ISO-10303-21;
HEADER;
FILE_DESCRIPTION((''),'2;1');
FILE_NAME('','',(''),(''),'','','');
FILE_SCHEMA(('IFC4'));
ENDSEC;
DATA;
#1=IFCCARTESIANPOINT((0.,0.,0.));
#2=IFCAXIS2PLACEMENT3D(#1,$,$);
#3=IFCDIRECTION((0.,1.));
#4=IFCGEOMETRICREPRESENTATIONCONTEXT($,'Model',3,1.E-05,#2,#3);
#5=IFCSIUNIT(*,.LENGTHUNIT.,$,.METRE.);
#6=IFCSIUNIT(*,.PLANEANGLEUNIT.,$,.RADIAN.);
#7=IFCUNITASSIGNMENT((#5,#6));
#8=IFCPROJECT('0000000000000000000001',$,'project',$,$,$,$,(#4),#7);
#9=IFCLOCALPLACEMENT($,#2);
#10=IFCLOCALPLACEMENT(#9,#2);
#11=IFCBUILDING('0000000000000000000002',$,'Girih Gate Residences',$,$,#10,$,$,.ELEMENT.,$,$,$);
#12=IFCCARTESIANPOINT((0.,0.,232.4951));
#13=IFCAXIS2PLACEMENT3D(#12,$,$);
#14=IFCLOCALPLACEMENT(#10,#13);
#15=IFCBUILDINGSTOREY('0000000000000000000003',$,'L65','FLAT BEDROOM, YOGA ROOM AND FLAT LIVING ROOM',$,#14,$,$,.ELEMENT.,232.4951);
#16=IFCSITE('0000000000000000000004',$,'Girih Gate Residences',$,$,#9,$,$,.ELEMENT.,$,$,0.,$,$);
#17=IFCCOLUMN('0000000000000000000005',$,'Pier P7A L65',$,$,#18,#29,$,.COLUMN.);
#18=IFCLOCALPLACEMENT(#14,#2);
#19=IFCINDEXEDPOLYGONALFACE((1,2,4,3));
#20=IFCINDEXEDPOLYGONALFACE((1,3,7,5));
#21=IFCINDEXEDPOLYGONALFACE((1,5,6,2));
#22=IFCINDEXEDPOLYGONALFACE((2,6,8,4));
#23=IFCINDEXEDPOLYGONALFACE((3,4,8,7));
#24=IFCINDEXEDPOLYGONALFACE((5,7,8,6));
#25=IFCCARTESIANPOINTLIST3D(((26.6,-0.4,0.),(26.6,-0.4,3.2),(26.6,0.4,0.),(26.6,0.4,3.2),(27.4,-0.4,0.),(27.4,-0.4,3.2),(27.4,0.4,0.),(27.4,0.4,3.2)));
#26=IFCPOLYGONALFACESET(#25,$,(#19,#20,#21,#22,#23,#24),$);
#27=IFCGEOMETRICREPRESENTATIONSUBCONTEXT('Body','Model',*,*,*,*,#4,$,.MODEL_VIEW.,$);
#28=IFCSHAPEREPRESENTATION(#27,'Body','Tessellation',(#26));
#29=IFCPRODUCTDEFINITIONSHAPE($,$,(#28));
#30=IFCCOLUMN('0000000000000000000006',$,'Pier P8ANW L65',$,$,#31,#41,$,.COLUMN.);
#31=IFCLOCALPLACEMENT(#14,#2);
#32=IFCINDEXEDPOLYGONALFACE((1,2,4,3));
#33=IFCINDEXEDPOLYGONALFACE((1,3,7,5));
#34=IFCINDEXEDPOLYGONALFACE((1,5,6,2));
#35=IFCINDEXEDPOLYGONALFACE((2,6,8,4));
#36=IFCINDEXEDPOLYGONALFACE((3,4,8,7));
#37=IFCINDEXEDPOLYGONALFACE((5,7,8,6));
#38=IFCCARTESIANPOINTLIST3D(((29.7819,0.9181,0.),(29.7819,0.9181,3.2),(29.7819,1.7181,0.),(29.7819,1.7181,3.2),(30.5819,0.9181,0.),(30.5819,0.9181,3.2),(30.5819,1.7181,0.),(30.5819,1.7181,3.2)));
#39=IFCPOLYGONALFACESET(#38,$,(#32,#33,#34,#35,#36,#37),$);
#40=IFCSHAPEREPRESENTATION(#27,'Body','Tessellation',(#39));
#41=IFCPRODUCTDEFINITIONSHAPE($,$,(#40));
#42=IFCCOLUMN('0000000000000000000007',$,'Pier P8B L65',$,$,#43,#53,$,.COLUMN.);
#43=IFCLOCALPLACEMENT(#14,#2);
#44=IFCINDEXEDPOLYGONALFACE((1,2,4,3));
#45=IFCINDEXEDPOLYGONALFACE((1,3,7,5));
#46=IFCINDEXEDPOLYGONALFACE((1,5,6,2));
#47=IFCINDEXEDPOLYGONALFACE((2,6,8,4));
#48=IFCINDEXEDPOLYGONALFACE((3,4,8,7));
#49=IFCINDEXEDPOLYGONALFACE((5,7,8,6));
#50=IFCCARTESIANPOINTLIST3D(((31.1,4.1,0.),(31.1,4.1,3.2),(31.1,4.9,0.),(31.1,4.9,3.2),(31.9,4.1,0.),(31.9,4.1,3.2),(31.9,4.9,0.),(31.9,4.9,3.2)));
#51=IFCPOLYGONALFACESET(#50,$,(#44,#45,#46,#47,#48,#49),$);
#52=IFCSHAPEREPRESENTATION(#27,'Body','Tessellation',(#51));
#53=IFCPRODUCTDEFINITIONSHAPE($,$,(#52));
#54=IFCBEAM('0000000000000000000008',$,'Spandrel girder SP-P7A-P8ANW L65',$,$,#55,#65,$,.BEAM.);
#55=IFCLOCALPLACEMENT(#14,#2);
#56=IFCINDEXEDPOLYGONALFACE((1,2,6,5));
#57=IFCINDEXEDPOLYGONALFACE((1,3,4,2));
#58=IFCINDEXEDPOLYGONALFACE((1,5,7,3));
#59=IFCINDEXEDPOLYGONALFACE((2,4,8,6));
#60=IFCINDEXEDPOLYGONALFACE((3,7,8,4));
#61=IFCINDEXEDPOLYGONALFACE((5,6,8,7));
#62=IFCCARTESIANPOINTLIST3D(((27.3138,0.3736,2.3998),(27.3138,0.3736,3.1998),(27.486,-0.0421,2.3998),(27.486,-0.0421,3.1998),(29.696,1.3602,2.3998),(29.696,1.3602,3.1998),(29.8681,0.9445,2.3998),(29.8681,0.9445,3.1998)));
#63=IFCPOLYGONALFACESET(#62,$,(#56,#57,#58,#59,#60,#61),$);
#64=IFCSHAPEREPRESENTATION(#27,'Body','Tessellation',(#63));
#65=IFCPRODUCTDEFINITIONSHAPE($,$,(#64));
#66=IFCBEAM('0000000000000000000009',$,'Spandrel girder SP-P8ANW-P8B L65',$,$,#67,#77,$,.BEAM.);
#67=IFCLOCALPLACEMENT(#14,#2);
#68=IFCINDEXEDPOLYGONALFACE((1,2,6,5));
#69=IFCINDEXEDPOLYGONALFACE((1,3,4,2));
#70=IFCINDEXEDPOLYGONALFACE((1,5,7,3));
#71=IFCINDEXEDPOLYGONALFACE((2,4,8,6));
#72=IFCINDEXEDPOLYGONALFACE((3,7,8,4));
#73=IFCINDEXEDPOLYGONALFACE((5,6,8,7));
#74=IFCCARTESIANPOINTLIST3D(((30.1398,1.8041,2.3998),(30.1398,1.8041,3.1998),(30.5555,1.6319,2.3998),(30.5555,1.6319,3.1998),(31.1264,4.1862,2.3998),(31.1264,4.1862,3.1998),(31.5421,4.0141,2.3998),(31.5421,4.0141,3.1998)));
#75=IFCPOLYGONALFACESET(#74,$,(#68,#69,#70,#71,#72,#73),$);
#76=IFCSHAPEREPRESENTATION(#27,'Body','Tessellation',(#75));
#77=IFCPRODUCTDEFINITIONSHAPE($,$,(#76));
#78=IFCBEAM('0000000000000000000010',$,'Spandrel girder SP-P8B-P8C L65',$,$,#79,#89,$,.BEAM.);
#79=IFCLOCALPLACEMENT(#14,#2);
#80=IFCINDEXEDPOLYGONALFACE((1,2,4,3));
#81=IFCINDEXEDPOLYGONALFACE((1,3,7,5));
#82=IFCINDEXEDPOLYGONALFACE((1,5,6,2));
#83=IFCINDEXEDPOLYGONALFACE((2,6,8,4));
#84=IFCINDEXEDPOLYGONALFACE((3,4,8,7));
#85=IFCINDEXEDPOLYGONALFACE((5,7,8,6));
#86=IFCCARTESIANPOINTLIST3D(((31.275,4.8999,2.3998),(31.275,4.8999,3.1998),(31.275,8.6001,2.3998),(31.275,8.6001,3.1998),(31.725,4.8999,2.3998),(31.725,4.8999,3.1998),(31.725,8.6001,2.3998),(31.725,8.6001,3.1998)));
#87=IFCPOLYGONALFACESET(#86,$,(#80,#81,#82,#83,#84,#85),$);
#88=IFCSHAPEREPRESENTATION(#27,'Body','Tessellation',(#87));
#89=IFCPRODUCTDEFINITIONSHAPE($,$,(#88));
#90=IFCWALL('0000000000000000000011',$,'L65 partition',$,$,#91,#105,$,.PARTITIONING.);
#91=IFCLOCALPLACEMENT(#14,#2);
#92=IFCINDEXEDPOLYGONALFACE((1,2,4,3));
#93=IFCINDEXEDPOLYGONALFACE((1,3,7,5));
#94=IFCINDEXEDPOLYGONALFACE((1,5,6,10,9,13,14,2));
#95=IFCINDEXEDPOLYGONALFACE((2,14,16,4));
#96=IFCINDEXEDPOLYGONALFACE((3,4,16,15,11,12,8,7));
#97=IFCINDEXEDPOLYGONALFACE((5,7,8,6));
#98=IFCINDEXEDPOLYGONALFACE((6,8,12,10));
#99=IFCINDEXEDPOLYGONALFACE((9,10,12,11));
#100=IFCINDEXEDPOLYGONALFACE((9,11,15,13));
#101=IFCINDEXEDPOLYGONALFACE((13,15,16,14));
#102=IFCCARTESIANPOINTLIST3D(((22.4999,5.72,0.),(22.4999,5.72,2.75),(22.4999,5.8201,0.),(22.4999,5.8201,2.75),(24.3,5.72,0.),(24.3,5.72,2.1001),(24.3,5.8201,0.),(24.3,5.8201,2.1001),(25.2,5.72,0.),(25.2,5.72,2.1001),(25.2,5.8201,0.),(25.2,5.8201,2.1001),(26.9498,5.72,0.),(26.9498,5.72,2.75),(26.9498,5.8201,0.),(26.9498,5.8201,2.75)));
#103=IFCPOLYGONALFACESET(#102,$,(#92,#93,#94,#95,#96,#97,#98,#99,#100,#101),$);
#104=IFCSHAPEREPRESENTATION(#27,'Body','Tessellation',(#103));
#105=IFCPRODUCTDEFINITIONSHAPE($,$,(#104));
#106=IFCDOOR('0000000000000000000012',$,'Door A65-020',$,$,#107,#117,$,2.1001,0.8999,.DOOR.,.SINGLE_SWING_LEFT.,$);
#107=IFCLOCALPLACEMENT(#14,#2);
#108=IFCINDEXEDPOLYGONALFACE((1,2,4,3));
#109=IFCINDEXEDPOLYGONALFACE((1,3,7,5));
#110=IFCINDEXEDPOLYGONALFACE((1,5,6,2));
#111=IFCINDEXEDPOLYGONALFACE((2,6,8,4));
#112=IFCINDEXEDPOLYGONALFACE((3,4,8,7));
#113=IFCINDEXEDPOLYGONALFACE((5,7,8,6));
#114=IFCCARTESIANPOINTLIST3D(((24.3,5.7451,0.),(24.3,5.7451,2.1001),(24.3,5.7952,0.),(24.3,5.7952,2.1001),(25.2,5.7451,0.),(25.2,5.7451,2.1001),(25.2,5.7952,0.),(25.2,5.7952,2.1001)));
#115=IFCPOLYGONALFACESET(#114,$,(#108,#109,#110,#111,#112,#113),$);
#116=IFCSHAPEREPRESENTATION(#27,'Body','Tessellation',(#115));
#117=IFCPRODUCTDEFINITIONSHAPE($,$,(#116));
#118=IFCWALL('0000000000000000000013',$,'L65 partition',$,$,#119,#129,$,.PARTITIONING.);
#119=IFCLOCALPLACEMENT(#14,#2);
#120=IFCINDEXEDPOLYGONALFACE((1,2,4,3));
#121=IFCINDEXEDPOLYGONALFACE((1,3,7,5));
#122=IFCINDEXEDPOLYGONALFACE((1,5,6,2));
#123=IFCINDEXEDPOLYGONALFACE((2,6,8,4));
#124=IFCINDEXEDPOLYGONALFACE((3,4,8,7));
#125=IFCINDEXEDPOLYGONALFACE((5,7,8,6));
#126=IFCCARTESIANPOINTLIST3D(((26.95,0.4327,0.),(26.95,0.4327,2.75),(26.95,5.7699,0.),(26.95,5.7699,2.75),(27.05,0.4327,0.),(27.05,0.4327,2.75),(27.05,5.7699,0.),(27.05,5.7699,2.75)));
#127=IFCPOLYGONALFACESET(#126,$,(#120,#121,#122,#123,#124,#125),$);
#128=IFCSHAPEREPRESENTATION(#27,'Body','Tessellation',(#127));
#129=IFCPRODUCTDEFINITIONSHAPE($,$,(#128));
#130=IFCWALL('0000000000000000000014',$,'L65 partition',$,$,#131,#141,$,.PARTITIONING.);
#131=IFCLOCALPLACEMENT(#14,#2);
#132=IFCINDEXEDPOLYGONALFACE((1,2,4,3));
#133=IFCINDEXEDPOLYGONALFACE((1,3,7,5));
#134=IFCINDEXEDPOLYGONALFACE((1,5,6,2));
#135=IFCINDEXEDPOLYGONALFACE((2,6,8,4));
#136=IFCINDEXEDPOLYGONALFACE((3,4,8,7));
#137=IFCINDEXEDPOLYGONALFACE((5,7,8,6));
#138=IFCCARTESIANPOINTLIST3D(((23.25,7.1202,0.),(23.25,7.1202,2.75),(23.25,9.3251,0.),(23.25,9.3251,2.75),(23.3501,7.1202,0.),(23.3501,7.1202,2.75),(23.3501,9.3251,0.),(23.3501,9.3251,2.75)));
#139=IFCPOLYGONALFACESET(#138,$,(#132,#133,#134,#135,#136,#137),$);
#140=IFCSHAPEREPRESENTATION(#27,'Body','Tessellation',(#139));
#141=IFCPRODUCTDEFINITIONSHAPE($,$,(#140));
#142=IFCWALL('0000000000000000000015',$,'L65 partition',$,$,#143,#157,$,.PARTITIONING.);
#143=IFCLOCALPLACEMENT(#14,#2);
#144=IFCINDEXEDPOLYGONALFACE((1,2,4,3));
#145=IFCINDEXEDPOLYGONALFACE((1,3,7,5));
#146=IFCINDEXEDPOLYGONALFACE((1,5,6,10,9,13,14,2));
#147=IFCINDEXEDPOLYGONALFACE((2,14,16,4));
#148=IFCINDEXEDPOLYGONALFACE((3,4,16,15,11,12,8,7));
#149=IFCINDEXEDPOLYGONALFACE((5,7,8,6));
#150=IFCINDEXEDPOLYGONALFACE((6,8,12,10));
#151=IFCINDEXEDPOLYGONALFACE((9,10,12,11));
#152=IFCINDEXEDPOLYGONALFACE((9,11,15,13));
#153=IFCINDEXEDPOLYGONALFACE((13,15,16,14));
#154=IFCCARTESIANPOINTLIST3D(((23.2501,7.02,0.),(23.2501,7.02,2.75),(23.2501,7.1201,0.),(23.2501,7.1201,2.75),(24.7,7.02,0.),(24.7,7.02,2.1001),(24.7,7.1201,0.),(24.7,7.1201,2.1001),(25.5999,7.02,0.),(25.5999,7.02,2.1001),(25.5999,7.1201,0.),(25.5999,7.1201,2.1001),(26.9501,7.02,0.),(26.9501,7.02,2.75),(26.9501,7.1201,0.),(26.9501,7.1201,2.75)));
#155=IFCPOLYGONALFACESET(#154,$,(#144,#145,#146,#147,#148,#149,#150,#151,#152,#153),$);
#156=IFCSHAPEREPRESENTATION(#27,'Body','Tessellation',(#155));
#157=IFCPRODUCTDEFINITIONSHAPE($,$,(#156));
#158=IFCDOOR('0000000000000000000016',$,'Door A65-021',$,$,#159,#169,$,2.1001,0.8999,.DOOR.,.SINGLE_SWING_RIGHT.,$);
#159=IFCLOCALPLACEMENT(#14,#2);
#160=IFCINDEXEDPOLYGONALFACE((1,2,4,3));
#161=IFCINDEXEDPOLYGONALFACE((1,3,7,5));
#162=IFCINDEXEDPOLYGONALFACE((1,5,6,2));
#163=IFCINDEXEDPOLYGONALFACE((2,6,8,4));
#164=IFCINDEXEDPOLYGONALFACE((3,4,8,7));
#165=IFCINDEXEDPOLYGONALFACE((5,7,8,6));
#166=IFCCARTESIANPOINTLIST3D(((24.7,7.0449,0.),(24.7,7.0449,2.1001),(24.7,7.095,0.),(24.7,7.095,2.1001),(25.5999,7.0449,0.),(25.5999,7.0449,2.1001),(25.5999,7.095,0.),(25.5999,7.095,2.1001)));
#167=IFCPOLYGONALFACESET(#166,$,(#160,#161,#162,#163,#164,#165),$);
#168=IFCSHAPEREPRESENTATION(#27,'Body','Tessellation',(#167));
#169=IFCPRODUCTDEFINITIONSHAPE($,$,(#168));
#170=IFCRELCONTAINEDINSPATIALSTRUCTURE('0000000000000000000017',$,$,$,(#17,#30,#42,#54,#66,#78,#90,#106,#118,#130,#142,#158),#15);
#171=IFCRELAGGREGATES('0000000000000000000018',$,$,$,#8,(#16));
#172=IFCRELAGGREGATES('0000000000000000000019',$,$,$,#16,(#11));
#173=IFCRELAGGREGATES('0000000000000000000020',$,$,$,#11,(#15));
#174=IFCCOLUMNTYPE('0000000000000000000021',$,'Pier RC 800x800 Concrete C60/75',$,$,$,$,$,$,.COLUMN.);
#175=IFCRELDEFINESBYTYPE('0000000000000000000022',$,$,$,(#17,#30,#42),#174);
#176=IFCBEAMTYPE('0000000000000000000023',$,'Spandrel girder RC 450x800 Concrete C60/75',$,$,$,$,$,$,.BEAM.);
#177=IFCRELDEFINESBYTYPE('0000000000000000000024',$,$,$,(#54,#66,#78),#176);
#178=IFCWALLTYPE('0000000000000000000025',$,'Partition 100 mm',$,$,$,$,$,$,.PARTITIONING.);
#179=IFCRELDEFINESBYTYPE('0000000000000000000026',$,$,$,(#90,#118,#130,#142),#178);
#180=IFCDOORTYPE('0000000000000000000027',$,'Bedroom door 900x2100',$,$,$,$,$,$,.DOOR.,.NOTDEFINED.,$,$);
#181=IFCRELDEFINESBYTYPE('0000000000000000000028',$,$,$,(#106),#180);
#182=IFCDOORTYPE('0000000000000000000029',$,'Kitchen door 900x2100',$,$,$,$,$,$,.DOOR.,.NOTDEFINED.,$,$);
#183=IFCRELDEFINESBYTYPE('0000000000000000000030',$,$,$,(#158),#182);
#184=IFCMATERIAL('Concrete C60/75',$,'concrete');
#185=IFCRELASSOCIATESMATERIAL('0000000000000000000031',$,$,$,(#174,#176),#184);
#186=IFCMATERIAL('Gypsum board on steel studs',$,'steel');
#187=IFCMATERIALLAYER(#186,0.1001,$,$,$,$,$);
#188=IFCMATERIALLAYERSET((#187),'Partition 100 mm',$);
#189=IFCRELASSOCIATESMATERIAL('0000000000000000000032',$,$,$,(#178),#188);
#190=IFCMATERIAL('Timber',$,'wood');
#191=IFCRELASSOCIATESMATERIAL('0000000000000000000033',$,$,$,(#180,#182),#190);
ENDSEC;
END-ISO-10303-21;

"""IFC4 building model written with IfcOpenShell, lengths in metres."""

from ifc_helpers import new_model, si_unit, direction, frame, frame_2d, origin, origin_2d, place, context, subcontext, project, spatial, rectangle, extrude, material, layer, layer_set, material_profile, profile_set, type_object, element, fill, save


model = new_model("IFC4")

# Units and contexts
model_context = context("Model", 3, precision=1e-05, world=origin(), true_north=direction((0.0, 1.0)))
body_context = subcontext(model_context, "Body", "Model", "MODEL_VIEW")
ifc_project = project(units=[si_unit("LENGTHUNIT", "METRE"), si_unit("PLANEANGLEUNIT", "RADIAN")], contexts=[model_context])

# Site, building, storey
site_placement = place(None, origin())
site = spatial("IfcSite", under=ifc_project, at=site_placement, Name="Girih Gate Residences", CompositionType="ELEMENT", RefElevation=0.0)
building_placement = place(site_placement, origin())
building = spatial("IfcBuilding", under=site, at=building_placement, Name="Girih Gate Residences", CompositionType="ELEMENT")
storey_placement = place(building_placement, frame((0.0, 0.0, 232.4951)))
storey = spatial("IfcBuildingStorey", under=building, at=storey_placement, Name="L65", Description="FLAT BEDROOM, YOGA ROOM AND FLAT LIVING ROOM", CompositionType="ELEMENT", Elevation=232.4951)

# Columns
ifc_material_1 = material(Name="Concrete C60/75", Category="concrete")
ifc_material_profile_1 = material_profile(ifc_material_1, rectangle(XDim=0.8, YDim=0.8, at=origin_2d()))
ifc_profile_set_1 = profile_set([ifc_material_profile_1], Name="Concrete C60/75")
column_type = type_object("IfcColumnType", Name="Pier RC 800x800 Concrete C60/75", PredefinedType="COLUMN", material=ifc_profile_set_1)
for number, where, z_axis, x_axis, name in (
    (1, (27.0, 0.0, 0.0), (0.0, 0.0, 1.0), (1.0, 0.0, 0.0), "Pier P7A L65"),
    (2, (30.1819, 1.3181, 0.0), (0.0, 0.0, 1.0), (1.0, 0.0, 0.0), "Pier P8ANW L65"),
    (3, (31.5, 4.5, 0.0), (0.0, 0.0, 1.0), (1.0, 0.0, 0.0), "Pier P8B L65"),
):
    element("IfcColumn", number, at=place(storey_placement, frame(where, z_axis=z_axis, x_axis=x_axis)), inside=storey, type_object=column_type, Name=name, PredefinedType="COLUMN", context=body_context, shape_type="SweptSolid", body=[
        extrude(rectangle(XDim=0.8, YDim=0.8, at=origin_2d()), origin(), (0.0, 0.0, 1.0), 3.2),
    ])

# Beams
ifc_material_profile_2 = material_profile(ifc_material_1, rectangle(XDim=0.45, YDim=0.8, at=origin_2d()))
ifc_profile_set_2 = profile_set([ifc_material_profile_2], Name="Concrete C60/75")
beam_type = type_object("IfcBeamType", Name="Spandrel girder RC 450x800 Concrete C60/75", PredefinedType="BEAM", material=ifc_profile_set_2)
for number, where, z_axis, x_axis, name in (
    (4, (27.3999, 0.1658, 2.7998), (0.923896, 0.382644, 0.0), (-0.382644, 0.923896, 0.0), "Spandrel girder SP-P7A-P8ANW L65"),
    (5, (30.3477, 1.718, 2.7998), (0.382644, 0.923896, 0.0), (-0.923896, 0.382644, 0.0), "Spandrel girder SP-P8ANW-P8B L65"),
):
    element("IfcBeam", number, at=place(storey_placement, frame(where, z_axis=z_axis, x_axis=x_axis)), inside=storey, type_object=beam_type, Name=name, PredefinedType="BEAM", context=body_context, shape_type="SweptSolid", body=[
        extrude(rectangle(XDim=0.45, YDim=0.8, at=origin_2d()), origin(), (0.0, 0.0, 1.0), 2.5784),
    ])
beam_placement = place(storey_placement, frame((31.5, 4.8999, 2.7998), z_axis=(0.0, 1.0, 0.0), x_axis=(-1.0, 0.0, 0.0)))
element("IfcBeam", 6, at=beam_placement, inside=storey, type_object=beam_type, Name="Spandrel girder SP-P8B-P8C L65", PredefinedType="BEAM", context=body_context, shape_type="SweptSolid", body=[
    extrude(rectangle(XDim=0.45, YDim=0.8, at=origin_2d()), origin(), (0.0, 0.0, 1.0), 3.7002),
])

# Wall, opening, door
ifc_material_2 = material(Name="Gypsum board on steel studs", Category="steel")
ifc_layer_1 = layer(ifc_material_2, 0.1001)
ifc_layer_set_1 = layer_set([ifc_layer_1], Name="Partition 100 mm")
wall_type_1 = type_object("IfcWallType", Name="Partition 100 mm", PredefinedType="PARTITIONING", material=ifc_layer_set_1)
wall_1_placement = place(storey_placement, frame((26.95, 5.77, 0.0), z_axis=(0.0, 0.0, 1.0), x_axis=(-1.0, 0.0, 0.0)))
wall_1 = element("IfcWall", 7, at=wall_1_placement, inside=storey, type_object=wall_type_1, Name="L65 partition", PredefinedType="PARTITIONING", context=body_context, shape_type="SweptSolid", body=[
    extrude(rectangle(XDim=4.45, YDim=0.1001, at=frame_2d((2.2251, 0.0))), origin(), (0.0, 0.0, 1.0), 2.75),
])
opening_1_placement = place(wall_1_placement, frame((1.75, 0.0, 0.0)))
opening_1 = element("IfcOpeningElement", 8, at=opening_1_placement, cuts=wall_1, PredefinedType="OPENING", context=body_context, shape_type="SweptSolid", body=[
    extrude(rectangle(XDim=0.8999, YDim=2.1001, at=frame_2d((0.45, 1.05))), frame((0.0, 0.0601, 0.0), z_axis=(0.0, -1.0, 0.0), x_axis=(1.0, 0.0, 0.0)), (0.0, 0.0, 1.0), 0.1201),
])
ifc_material_3 = material(Name="Timber", Category="wood")
door_type_1 = type_object("IfcDoorType", Name="Bedroom door 900x2100", OperationType="NOTDEFINED", PredefinedType="DOOR", material=ifc_material_3)
door_1_placement = place(opening_1_placement, origin())
door_1 = element("IfcDoor", 9, at=door_1_placement, inside=storey, type_object=door_type_1, Name="Door A65-020", OperationType="SINGLE_SWING_LEFT", OverallHeight=2.1001, OverallWidth=0.8999, PredefinedType="DOOR", context=body_context, shape_type="SweptSolid", body=[
    extrude(rectangle(XDim=0.8999, YDim=2.1001, at=frame_2d((0.45, 1.05))), frame((0.0, 0.0249, 0.0), z_axis=(0.0, -1.0, 0.0), x_axis=(1.0, 0.0, 0.0)), (0.0, 0.0, 1.0), 0.05),
])
fill(opening_1, door_1)

# Walls
wall_2_placement = place(storey_placement, frame((27.0, 0.4329, 0.0), z_axis=(0.0, 0.0, 1.0), x_axis=(0.0, 1.0, 0.0)))
element("IfcWall", 10, at=wall_2_placement, inside=storey, type_object=wall_type_1, Name="L65 partition", PredefinedType="PARTITIONING", context=body_context, shape_type="SweptSolid", body=[
    extrude(rectangle(XDim=5.3372, YDim=0.1001, at=frame_2d((2.6685, 0.0))), origin(), (0.0, 0.0, 1.0), 2.75),
])
wall_3_placement = place(storey_placement, frame((23.3, 7.1201, 0.0), z_axis=(0.0, 0.0, 1.0), x_axis=(0.0, 1.0, 0.0)))
element("IfcWall", 11, at=wall_3_placement, inside=storey, type_object=wall_type_1, Name="L65 partition", PredefinedType="PARTITIONING", context=body_context, shape_type="SweptSolid", body=[
    extrude(rectangle(XDim=2.2048, YDim=0.1001, at=frame_2d((1.1025, 0.0))), origin(), (0.0, 0.0, 1.0), 2.75),
])

# Wall, opening, door
wall_4_placement = place(storey_placement, frame((23.25, 7.0701, 0.0), z_axis=(0.0, 0.0, 1.0), x_axis=(1.0, 0.0, 0.0)))
wall_4 = element("IfcWall", 12, at=wall_4_placement, inside=storey, type_object=wall_type_1, Name="L65 partition", PredefinedType="PARTITIONING", context=body_context, shape_type="SweptSolid", body=[
    extrude(rectangle(XDim=3.7, YDim=0.1001, at=frame_2d((1.8501, 0.0))), origin(), (0.0, 0.0, 1.0), 2.75),
])
opening_2_placement = place(wall_4_placement, frame((1.45, 0.0, 0.0)))
opening_2 = element("IfcOpeningElement", 13, at=opening_2_placement, cuts=wall_4, PredefinedType="OPENING", context=body_context, shape_type="SweptSolid", body=[
    extrude(rectangle(XDim=0.8999, YDim=2.1001, at=frame_2d((0.45, 1.05))), frame((0.0, 0.0601, 0.0), z_axis=(0.0, -1.0, 0.0), x_axis=(1.0, 0.0, 0.0)), (0.0, 0.0, 1.0), 0.1201),
])
door_type_2 = type_object("IfcDoorType", Name="Kitchen door 900x2100", OperationType="NOTDEFINED", PredefinedType="DOOR", material=ifc_material_3)
door_2_placement = place(opening_2_placement, origin())
door_2 = element("IfcDoor", 14, at=door_2_placement, inside=storey, type_object=door_type_2, Name="Door A65-021", OperationType="SINGLE_SWING_RIGHT", OverallHeight=2.1001, OverallWidth=0.8999, PredefinedType="DOOR", context=body_context, shape_type="SweptSolid", body=[
    extrude(rectangle(XDim=0.8999, YDim=2.1001, at=frame_2d((0.45, 1.05))), frame((0.0, 0.0249, 0.0), z_axis=(0.0, -1.0, 0.0), x_axis=(1.0, 0.0, 0.0)), (0.0, 0.0, 1.0), 0.05),
])
fill(opening_2, door_2)

save(model, "model.ifc")
